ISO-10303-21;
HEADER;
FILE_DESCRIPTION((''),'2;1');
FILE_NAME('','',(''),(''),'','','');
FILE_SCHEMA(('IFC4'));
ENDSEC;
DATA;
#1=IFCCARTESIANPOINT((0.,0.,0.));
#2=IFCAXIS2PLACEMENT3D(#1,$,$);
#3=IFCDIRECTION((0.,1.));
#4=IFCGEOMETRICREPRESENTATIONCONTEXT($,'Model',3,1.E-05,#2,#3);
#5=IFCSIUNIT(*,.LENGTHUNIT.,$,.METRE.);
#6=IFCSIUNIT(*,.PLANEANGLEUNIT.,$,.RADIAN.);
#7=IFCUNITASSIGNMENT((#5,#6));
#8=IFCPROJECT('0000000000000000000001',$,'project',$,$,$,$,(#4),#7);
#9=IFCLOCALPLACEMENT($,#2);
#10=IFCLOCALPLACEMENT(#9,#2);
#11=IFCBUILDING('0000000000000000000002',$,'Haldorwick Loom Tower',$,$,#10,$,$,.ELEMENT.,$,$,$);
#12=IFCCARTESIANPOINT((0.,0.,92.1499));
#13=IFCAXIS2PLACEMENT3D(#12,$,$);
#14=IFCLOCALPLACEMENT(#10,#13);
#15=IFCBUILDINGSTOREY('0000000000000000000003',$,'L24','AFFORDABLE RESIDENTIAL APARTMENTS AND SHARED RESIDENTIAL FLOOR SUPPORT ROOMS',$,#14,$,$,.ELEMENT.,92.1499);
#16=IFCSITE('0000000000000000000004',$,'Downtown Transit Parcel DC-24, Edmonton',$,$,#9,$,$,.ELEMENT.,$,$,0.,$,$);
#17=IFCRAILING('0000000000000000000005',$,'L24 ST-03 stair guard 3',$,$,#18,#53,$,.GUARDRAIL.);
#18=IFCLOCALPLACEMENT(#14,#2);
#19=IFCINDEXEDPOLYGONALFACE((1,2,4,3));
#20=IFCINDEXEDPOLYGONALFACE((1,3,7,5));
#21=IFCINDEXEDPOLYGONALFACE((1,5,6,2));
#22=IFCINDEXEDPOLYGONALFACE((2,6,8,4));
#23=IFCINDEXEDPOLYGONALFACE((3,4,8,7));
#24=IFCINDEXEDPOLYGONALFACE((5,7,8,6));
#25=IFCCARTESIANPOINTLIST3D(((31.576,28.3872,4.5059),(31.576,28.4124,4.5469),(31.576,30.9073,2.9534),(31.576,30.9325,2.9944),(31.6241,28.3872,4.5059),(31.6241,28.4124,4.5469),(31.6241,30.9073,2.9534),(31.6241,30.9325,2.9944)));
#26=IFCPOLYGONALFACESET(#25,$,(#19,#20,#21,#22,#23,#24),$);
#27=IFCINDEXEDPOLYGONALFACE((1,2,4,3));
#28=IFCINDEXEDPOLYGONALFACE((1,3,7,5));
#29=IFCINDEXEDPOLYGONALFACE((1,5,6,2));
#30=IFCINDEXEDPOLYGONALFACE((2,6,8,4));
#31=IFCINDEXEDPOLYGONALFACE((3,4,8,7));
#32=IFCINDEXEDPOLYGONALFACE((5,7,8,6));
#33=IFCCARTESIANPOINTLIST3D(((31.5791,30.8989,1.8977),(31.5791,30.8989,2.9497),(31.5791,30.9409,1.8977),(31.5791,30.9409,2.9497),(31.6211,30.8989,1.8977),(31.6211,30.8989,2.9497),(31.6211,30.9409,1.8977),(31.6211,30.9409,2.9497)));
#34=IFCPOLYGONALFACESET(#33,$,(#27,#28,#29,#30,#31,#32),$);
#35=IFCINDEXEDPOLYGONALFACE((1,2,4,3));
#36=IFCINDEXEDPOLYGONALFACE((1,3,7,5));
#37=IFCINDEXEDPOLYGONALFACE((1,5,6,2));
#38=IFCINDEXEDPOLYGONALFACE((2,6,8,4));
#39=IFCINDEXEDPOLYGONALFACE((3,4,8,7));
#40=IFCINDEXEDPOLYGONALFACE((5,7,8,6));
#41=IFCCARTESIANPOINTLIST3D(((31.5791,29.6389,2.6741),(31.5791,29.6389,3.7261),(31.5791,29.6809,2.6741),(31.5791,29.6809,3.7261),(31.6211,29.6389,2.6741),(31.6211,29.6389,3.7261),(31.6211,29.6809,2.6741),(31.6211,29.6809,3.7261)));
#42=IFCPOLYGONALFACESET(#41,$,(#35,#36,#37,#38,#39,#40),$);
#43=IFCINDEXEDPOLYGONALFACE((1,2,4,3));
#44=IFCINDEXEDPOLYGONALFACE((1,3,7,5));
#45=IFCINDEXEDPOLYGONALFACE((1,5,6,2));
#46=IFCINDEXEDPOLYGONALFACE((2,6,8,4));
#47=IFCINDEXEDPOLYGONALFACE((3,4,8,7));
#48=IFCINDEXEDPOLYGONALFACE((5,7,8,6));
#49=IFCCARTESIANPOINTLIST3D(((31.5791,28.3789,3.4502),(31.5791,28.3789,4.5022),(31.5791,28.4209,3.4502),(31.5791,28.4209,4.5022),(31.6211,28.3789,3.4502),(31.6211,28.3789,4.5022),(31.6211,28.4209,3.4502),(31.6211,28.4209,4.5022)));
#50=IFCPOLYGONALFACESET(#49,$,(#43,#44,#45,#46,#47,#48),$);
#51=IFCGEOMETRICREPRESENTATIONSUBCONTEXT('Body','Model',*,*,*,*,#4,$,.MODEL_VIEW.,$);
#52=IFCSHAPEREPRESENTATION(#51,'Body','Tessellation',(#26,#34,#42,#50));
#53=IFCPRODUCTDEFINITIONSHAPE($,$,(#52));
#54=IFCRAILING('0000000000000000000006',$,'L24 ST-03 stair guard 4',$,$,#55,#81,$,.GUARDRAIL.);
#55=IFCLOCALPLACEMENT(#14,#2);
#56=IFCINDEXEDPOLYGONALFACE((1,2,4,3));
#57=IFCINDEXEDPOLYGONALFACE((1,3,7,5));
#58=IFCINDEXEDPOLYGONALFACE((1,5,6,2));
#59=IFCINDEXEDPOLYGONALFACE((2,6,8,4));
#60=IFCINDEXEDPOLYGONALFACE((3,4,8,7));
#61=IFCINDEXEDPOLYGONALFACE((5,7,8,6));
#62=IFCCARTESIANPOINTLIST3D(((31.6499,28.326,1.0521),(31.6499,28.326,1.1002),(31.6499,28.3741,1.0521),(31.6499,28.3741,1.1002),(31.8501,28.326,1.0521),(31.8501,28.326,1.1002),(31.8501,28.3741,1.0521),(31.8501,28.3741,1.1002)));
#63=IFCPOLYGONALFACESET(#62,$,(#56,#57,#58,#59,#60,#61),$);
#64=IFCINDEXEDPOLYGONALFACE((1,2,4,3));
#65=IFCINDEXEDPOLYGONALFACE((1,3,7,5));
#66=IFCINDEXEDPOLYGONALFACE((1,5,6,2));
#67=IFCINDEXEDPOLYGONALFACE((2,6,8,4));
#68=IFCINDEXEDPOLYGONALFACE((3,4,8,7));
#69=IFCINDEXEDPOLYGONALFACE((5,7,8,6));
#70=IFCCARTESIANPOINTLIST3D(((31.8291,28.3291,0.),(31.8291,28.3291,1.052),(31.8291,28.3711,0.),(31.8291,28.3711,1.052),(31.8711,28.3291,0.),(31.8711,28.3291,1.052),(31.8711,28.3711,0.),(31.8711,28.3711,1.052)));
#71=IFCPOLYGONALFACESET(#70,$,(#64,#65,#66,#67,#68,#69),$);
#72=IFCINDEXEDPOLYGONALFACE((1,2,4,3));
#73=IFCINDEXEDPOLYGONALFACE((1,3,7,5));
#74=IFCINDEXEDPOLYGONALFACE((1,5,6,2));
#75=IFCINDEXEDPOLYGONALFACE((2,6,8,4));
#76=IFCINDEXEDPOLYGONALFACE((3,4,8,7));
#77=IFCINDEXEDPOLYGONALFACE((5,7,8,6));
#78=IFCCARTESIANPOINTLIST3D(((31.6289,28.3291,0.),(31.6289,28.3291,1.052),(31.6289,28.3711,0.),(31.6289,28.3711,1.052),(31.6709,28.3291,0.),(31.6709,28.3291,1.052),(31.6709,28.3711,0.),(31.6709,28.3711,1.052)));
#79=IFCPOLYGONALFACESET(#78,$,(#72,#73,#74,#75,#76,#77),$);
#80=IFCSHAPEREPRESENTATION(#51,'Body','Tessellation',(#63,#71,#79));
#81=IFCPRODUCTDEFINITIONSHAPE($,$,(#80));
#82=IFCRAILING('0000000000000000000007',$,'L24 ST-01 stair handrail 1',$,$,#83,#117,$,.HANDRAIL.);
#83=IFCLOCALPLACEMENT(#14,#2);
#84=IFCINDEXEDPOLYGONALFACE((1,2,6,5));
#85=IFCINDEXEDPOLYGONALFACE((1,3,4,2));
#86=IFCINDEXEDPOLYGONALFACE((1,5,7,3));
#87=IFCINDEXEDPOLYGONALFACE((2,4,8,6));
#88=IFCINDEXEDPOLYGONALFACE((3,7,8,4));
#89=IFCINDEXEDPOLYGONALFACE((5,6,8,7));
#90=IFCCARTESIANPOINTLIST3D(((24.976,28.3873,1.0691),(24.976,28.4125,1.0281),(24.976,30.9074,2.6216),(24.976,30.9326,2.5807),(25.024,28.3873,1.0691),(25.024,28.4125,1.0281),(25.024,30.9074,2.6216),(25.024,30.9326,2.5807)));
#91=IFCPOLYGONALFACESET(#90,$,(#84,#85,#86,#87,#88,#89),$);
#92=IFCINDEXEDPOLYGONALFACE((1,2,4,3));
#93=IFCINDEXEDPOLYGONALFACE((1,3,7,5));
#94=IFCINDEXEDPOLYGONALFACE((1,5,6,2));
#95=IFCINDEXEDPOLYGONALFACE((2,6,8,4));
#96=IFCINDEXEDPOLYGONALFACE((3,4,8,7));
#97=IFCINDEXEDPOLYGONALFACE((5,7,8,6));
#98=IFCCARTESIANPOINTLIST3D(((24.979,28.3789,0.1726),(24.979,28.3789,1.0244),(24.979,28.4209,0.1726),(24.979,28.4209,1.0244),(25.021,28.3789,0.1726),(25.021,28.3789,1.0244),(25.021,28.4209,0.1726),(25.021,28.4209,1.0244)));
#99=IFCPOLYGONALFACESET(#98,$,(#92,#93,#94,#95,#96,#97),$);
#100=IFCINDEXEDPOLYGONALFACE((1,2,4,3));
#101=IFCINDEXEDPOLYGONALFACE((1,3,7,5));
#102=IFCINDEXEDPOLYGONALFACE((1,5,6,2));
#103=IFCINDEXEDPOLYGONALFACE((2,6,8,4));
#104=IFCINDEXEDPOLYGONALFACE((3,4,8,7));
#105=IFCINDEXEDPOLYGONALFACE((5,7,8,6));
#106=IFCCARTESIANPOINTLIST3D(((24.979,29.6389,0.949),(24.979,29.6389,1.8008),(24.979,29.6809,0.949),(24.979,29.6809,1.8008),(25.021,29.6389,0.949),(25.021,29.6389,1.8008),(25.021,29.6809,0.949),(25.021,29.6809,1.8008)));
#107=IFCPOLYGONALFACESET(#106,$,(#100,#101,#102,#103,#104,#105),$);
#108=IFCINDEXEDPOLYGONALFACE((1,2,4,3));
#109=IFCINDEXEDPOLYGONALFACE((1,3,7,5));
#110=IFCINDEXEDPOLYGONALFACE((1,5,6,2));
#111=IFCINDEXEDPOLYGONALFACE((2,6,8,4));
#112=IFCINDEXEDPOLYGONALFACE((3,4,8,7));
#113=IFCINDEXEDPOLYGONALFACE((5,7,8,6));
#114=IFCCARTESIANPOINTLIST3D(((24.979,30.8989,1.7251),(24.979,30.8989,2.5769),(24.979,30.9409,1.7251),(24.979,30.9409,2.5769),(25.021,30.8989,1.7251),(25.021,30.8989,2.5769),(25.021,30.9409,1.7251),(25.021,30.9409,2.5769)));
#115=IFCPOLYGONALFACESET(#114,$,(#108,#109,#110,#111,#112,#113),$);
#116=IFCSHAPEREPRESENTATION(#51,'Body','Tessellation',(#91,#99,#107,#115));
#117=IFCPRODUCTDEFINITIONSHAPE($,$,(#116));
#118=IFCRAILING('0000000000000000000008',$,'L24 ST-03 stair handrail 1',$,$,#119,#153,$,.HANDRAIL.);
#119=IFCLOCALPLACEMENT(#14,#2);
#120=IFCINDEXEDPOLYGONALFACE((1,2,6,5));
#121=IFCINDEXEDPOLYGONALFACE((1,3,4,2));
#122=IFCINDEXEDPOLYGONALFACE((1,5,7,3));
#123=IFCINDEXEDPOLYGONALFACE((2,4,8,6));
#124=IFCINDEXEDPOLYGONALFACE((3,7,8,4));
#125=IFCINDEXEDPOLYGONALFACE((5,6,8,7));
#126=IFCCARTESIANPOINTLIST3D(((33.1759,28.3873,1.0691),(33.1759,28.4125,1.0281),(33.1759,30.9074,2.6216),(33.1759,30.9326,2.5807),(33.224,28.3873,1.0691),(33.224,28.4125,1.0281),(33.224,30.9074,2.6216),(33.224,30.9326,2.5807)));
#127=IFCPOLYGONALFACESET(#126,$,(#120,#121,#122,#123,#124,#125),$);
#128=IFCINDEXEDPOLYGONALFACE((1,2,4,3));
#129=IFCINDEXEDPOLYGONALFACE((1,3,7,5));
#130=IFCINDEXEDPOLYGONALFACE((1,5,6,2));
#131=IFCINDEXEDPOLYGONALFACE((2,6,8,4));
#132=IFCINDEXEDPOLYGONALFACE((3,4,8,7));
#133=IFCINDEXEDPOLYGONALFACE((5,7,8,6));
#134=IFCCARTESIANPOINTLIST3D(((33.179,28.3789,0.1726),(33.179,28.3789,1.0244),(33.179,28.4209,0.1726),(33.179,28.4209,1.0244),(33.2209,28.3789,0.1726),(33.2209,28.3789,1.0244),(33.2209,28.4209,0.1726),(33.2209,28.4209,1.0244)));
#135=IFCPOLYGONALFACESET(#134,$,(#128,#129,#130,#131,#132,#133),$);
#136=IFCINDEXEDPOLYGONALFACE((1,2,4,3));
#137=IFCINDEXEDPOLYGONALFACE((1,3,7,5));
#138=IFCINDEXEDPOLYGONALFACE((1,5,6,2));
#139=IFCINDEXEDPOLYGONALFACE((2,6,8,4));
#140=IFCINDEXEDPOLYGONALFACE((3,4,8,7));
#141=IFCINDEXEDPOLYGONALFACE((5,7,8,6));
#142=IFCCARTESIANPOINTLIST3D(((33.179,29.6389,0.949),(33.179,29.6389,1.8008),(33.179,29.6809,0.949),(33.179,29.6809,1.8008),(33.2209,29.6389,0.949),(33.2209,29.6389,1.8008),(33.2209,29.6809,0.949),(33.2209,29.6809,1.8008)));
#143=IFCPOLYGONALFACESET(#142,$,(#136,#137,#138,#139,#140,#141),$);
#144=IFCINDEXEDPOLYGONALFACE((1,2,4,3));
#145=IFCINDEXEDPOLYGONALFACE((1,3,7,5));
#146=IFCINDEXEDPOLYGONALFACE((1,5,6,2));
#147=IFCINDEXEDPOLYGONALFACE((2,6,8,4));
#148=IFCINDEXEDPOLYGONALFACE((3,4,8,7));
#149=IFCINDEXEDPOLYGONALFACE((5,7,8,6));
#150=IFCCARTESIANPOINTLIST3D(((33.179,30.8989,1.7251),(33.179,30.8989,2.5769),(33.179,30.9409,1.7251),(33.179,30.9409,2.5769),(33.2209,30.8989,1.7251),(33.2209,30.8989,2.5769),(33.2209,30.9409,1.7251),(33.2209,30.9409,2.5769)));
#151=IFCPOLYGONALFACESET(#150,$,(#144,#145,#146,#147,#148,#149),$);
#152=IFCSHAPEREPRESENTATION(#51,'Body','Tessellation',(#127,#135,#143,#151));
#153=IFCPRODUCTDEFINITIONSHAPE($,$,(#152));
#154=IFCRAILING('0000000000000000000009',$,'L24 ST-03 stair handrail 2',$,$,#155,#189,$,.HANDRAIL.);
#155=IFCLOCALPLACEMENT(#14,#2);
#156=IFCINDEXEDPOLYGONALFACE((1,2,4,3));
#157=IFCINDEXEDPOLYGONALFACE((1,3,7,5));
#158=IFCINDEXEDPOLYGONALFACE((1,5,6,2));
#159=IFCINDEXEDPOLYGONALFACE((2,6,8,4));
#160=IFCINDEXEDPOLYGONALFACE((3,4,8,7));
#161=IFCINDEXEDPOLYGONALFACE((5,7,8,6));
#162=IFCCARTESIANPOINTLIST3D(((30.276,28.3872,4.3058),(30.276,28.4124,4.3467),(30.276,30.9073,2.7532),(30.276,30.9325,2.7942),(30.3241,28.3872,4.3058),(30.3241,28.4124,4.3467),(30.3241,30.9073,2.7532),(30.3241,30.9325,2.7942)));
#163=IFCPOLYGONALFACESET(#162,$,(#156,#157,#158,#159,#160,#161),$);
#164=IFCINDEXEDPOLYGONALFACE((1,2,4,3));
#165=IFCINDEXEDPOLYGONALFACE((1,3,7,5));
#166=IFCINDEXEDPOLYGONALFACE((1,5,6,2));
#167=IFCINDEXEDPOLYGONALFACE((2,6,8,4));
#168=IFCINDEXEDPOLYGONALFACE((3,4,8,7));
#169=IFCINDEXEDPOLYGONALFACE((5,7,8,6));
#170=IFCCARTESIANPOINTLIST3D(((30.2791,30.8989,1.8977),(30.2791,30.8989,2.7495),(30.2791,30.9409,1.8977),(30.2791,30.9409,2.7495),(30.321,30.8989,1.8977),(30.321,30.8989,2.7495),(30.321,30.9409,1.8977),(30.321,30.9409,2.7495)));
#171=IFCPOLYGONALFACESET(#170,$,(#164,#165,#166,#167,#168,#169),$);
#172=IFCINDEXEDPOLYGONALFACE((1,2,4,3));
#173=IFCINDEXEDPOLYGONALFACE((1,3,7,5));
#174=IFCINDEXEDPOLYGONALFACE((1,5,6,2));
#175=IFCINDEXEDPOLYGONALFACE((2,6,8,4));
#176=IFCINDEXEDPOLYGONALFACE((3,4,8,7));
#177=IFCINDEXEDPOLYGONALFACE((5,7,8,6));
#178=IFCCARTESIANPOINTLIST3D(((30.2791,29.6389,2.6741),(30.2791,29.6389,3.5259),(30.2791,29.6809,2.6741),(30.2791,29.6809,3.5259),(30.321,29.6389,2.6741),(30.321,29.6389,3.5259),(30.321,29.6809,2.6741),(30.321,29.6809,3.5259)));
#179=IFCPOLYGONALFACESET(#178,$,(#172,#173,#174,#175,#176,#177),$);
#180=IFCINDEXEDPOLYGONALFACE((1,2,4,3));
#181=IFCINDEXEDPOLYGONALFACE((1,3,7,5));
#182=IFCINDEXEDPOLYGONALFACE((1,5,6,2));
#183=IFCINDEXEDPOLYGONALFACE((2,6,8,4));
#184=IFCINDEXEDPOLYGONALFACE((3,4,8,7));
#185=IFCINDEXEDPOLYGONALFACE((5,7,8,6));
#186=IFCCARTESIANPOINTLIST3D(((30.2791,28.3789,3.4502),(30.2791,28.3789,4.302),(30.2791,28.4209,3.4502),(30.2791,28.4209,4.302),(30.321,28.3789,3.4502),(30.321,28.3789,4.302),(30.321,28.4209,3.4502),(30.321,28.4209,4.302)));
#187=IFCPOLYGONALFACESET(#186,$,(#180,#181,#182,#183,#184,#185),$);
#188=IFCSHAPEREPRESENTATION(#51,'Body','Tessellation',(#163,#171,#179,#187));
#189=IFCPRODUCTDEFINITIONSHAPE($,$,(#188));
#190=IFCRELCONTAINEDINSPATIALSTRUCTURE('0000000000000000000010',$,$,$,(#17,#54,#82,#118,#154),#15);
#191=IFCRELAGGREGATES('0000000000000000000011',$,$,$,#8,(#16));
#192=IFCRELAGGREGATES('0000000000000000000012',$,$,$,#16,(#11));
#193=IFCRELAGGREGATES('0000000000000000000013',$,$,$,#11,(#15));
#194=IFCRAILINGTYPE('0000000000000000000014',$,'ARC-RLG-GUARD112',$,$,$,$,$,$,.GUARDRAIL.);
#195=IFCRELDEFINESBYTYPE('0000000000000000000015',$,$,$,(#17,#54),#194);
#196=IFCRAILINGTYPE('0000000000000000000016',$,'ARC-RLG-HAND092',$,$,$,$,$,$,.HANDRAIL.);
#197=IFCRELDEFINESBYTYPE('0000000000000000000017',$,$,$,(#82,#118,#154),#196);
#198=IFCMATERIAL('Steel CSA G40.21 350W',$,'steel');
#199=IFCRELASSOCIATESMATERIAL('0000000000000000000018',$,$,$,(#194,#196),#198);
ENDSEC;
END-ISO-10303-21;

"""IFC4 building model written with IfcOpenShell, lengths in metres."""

from ifc_helpers import new_model, si_unit, direction, frame, origin, origin_2d, place, context, subcontext, project, spatial, rectangle, extrude, material, type_object, element, save


model = new_model("IFC4")

# Units and contexts
model_context = context("Model", 3, precision=1e-05, world=origin(), true_north=direction((0.0, 1.0)))
body_context = subcontext(model_context, "Body", "Model", "MODEL_VIEW")
ifc_project = project(units=[si_unit("LENGTHUNIT", "METRE"), si_unit("PLANEANGLEUNIT", "RADIAN")], contexts=[model_context])

# Site, building, storey
site_placement = place(None, origin())
site = spatial("IfcSite", under=ifc_project, at=site_placement, Name="Downtown Transit Parcel DC-24, Edmonton", CompositionType="ELEMENT", RefElevation=0.0)
building_placement = place(site_placement, origin())
building = spatial("IfcBuilding", under=site, at=building_placement, Name="Haldorwick Loom Tower", CompositionType="ELEMENT")
storey_placement = place(building_placement, frame((0.0, 0.0, 92.1499)))
storey = spatial("IfcBuildingStorey", under=building, at=storey_placement, Name="L24", Description="AFFORDABLE RESIDENTIAL APARTMENTS AND SHARED RESIDENTIAL FLOOR SUPPORT ROOMS", CompositionType="ELEMENT", Elevation=92.1499)

# Shared definitions
ifc_material_1 = material(Name="Steel CSA G40.21 350W", Category="steel")

# Railings
railing_type_1 = type_object("IfcRailingType", Name="ARC-RLG-GUARD112", PredefinedType="GUARDRAIL", material=ifc_material_1)
railing_1_placement = place(storey_placement, frame((31.6001, 30.9199, 1.8977)))
element("IfcRailing", 1, at=railing_1_placement, inside=storey, type_object=railing_type_1, Name="L24 ST-03 stair guard 3", PredefinedType="GUARDRAIL", context=body_context, shape_type="SweptSolid", body=[
    extrude(rectangle(XDim=0.0481, YDim=0.0481, at=origin_2d()), frame((0.0, 0.0, 1.0762), z_axis=(0.0, -0.8514, 0.524516), x_axis=(1.0, 0.0, 0.0)), (0.0, 0.0, 1.0), 2.96),
    extrude(rectangle(XDim=0.042, YDim=0.042, at=origin_2d()), origin(), (0.0, 0.0, 1.0), 1.052),
    extrude(rectangle(XDim=0.042, YDim=0.042, at=origin_2d()), frame((0.0, -1.26, 0.7764)), (0.0, 0.0, 1.0), 1.052),
    extrude(rectangle(XDim=0.042, YDim=0.042, at=origin_2d()), frame((0.0, -2.52, 1.5525)), (0.0, 0.0, 1.0), 1.052),
])
railing_2_placement = place(storey_placement, frame((31.8501, 28.3501, 0.0)))
element("IfcRailing", 2, at=railing_2_placement, inside=storey, type_object=railing_type_1, Name="L24 ST-03 stair guard 4", PredefinedType="GUARDRAIL", context=body_context, shape_type="SweptSolid", body=[
    extrude(rectangle(XDim=0.0481, YDim=0.0481, at=origin_2d()), frame((0.0, 0.0, 1.0762), z_axis=(-1.0, 0.0, 0.0), x_axis=(0.0, -1.0, 0.0)), (0.0, 0.0, 1.0), 0.2002),
    extrude(rectangle(XDim=0.042, YDim=0.042, at=origin_2d()), origin(), (0.0, 0.0, 1.0), 1.052),
    extrude(rectangle(XDim=0.042, YDim=0.042, at=origin_2d()), frame((-0.2002, 0.0, 0.0)), (0.0, 0.0, 1.0), 1.052),
])
railing_type_2 = type_object("IfcRailingType", Name="ARC-RLG-HAND092", PredefinedType="HANDRAIL", material=ifc_material_1)
for number, where, name in (
    (3, (25.0, 28.3999, 0.1726), "L24 ST-01 stair handrail 1"),
    (4, (33.2, 28.3999, 0.1726), "L24 ST-03 stair handrail 1"),
):
    element("IfcRailing", number, at=place(storey_placement, frame(where)), inside=storey, type_object=railing_type_2, Name=name, PredefinedType="HANDRAIL", context=body_context, shape_type="SweptSolid", body=[
        extrude(rectangle(XDim=0.0481, YDim=0.0481, at=origin_2d()), frame((0.0, 0.0, 0.876), z_axis=(0.0, 0.8514, 0.524516), x_axis=(-1.0, 0.0, 0.0)), (0.0, 0.0, 1.0), 2.96),
        extrude(rectangle(XDim=0.042, YDim=0.042, at=origin_2d()), origin(), (0.0, 0.0, 1.0), 0.8518),
        extrude(rectangle(XDim=0.042, YDim=0.042, at=origin_2d()), frame((0.0, 1.26, 0.7764)), (0.0, 0.0, 1.0), 0.8518),
        extrude(rectangle(XDim=0.042, YDim=0.042, at=origin_2d()), frame((0.0, 2.52, 1.5525)), (0.0, 0.0, 1.0), 0.8518),
    ])
railing_3_placement = place(storey_placement, frame((30.3, 30.9199, 1.8977)))
element("IfcRailing", 5, at=railing_3_placement, inside=storey, type_object=railing_type_2, Name="L24 ST-03 stair handrail 2", PredefinedType="HANDRAIL", context=body_context, shape_type="SweptSolid", body=[
    extrude(rectangle(XDim=0.0481, YDim=0.0481, at=origin_2d()), frame((0.0, 0.0, 0.876), z_axis=(0.0, -0.8514, 0.524516), x_axis=(1.0, 0.0, 0.0)), (0.0, 0.0, 1.0), 2.96),
    extrude(rectangle(XDim=0.042, YDim=0.042, at=origin_2d()), origin(), (0.0, 0.0, 1.0), 0.8518),
    extrude(rectangle(XDim=0.042, YDim=0.042, at=origin_2d()), frame((0.0, -1.26, 0.7764)), (0.0, 0.0, 1.0), 0.8518),
    extrude(rectangle(XDim=0.042, YDim=0.042, at=origin_2d()), frame((0.0, -2.52, 1.5525)), (0.0, 0.0, 1.0), 0.8518),
])

save(model, "model.ifc")
